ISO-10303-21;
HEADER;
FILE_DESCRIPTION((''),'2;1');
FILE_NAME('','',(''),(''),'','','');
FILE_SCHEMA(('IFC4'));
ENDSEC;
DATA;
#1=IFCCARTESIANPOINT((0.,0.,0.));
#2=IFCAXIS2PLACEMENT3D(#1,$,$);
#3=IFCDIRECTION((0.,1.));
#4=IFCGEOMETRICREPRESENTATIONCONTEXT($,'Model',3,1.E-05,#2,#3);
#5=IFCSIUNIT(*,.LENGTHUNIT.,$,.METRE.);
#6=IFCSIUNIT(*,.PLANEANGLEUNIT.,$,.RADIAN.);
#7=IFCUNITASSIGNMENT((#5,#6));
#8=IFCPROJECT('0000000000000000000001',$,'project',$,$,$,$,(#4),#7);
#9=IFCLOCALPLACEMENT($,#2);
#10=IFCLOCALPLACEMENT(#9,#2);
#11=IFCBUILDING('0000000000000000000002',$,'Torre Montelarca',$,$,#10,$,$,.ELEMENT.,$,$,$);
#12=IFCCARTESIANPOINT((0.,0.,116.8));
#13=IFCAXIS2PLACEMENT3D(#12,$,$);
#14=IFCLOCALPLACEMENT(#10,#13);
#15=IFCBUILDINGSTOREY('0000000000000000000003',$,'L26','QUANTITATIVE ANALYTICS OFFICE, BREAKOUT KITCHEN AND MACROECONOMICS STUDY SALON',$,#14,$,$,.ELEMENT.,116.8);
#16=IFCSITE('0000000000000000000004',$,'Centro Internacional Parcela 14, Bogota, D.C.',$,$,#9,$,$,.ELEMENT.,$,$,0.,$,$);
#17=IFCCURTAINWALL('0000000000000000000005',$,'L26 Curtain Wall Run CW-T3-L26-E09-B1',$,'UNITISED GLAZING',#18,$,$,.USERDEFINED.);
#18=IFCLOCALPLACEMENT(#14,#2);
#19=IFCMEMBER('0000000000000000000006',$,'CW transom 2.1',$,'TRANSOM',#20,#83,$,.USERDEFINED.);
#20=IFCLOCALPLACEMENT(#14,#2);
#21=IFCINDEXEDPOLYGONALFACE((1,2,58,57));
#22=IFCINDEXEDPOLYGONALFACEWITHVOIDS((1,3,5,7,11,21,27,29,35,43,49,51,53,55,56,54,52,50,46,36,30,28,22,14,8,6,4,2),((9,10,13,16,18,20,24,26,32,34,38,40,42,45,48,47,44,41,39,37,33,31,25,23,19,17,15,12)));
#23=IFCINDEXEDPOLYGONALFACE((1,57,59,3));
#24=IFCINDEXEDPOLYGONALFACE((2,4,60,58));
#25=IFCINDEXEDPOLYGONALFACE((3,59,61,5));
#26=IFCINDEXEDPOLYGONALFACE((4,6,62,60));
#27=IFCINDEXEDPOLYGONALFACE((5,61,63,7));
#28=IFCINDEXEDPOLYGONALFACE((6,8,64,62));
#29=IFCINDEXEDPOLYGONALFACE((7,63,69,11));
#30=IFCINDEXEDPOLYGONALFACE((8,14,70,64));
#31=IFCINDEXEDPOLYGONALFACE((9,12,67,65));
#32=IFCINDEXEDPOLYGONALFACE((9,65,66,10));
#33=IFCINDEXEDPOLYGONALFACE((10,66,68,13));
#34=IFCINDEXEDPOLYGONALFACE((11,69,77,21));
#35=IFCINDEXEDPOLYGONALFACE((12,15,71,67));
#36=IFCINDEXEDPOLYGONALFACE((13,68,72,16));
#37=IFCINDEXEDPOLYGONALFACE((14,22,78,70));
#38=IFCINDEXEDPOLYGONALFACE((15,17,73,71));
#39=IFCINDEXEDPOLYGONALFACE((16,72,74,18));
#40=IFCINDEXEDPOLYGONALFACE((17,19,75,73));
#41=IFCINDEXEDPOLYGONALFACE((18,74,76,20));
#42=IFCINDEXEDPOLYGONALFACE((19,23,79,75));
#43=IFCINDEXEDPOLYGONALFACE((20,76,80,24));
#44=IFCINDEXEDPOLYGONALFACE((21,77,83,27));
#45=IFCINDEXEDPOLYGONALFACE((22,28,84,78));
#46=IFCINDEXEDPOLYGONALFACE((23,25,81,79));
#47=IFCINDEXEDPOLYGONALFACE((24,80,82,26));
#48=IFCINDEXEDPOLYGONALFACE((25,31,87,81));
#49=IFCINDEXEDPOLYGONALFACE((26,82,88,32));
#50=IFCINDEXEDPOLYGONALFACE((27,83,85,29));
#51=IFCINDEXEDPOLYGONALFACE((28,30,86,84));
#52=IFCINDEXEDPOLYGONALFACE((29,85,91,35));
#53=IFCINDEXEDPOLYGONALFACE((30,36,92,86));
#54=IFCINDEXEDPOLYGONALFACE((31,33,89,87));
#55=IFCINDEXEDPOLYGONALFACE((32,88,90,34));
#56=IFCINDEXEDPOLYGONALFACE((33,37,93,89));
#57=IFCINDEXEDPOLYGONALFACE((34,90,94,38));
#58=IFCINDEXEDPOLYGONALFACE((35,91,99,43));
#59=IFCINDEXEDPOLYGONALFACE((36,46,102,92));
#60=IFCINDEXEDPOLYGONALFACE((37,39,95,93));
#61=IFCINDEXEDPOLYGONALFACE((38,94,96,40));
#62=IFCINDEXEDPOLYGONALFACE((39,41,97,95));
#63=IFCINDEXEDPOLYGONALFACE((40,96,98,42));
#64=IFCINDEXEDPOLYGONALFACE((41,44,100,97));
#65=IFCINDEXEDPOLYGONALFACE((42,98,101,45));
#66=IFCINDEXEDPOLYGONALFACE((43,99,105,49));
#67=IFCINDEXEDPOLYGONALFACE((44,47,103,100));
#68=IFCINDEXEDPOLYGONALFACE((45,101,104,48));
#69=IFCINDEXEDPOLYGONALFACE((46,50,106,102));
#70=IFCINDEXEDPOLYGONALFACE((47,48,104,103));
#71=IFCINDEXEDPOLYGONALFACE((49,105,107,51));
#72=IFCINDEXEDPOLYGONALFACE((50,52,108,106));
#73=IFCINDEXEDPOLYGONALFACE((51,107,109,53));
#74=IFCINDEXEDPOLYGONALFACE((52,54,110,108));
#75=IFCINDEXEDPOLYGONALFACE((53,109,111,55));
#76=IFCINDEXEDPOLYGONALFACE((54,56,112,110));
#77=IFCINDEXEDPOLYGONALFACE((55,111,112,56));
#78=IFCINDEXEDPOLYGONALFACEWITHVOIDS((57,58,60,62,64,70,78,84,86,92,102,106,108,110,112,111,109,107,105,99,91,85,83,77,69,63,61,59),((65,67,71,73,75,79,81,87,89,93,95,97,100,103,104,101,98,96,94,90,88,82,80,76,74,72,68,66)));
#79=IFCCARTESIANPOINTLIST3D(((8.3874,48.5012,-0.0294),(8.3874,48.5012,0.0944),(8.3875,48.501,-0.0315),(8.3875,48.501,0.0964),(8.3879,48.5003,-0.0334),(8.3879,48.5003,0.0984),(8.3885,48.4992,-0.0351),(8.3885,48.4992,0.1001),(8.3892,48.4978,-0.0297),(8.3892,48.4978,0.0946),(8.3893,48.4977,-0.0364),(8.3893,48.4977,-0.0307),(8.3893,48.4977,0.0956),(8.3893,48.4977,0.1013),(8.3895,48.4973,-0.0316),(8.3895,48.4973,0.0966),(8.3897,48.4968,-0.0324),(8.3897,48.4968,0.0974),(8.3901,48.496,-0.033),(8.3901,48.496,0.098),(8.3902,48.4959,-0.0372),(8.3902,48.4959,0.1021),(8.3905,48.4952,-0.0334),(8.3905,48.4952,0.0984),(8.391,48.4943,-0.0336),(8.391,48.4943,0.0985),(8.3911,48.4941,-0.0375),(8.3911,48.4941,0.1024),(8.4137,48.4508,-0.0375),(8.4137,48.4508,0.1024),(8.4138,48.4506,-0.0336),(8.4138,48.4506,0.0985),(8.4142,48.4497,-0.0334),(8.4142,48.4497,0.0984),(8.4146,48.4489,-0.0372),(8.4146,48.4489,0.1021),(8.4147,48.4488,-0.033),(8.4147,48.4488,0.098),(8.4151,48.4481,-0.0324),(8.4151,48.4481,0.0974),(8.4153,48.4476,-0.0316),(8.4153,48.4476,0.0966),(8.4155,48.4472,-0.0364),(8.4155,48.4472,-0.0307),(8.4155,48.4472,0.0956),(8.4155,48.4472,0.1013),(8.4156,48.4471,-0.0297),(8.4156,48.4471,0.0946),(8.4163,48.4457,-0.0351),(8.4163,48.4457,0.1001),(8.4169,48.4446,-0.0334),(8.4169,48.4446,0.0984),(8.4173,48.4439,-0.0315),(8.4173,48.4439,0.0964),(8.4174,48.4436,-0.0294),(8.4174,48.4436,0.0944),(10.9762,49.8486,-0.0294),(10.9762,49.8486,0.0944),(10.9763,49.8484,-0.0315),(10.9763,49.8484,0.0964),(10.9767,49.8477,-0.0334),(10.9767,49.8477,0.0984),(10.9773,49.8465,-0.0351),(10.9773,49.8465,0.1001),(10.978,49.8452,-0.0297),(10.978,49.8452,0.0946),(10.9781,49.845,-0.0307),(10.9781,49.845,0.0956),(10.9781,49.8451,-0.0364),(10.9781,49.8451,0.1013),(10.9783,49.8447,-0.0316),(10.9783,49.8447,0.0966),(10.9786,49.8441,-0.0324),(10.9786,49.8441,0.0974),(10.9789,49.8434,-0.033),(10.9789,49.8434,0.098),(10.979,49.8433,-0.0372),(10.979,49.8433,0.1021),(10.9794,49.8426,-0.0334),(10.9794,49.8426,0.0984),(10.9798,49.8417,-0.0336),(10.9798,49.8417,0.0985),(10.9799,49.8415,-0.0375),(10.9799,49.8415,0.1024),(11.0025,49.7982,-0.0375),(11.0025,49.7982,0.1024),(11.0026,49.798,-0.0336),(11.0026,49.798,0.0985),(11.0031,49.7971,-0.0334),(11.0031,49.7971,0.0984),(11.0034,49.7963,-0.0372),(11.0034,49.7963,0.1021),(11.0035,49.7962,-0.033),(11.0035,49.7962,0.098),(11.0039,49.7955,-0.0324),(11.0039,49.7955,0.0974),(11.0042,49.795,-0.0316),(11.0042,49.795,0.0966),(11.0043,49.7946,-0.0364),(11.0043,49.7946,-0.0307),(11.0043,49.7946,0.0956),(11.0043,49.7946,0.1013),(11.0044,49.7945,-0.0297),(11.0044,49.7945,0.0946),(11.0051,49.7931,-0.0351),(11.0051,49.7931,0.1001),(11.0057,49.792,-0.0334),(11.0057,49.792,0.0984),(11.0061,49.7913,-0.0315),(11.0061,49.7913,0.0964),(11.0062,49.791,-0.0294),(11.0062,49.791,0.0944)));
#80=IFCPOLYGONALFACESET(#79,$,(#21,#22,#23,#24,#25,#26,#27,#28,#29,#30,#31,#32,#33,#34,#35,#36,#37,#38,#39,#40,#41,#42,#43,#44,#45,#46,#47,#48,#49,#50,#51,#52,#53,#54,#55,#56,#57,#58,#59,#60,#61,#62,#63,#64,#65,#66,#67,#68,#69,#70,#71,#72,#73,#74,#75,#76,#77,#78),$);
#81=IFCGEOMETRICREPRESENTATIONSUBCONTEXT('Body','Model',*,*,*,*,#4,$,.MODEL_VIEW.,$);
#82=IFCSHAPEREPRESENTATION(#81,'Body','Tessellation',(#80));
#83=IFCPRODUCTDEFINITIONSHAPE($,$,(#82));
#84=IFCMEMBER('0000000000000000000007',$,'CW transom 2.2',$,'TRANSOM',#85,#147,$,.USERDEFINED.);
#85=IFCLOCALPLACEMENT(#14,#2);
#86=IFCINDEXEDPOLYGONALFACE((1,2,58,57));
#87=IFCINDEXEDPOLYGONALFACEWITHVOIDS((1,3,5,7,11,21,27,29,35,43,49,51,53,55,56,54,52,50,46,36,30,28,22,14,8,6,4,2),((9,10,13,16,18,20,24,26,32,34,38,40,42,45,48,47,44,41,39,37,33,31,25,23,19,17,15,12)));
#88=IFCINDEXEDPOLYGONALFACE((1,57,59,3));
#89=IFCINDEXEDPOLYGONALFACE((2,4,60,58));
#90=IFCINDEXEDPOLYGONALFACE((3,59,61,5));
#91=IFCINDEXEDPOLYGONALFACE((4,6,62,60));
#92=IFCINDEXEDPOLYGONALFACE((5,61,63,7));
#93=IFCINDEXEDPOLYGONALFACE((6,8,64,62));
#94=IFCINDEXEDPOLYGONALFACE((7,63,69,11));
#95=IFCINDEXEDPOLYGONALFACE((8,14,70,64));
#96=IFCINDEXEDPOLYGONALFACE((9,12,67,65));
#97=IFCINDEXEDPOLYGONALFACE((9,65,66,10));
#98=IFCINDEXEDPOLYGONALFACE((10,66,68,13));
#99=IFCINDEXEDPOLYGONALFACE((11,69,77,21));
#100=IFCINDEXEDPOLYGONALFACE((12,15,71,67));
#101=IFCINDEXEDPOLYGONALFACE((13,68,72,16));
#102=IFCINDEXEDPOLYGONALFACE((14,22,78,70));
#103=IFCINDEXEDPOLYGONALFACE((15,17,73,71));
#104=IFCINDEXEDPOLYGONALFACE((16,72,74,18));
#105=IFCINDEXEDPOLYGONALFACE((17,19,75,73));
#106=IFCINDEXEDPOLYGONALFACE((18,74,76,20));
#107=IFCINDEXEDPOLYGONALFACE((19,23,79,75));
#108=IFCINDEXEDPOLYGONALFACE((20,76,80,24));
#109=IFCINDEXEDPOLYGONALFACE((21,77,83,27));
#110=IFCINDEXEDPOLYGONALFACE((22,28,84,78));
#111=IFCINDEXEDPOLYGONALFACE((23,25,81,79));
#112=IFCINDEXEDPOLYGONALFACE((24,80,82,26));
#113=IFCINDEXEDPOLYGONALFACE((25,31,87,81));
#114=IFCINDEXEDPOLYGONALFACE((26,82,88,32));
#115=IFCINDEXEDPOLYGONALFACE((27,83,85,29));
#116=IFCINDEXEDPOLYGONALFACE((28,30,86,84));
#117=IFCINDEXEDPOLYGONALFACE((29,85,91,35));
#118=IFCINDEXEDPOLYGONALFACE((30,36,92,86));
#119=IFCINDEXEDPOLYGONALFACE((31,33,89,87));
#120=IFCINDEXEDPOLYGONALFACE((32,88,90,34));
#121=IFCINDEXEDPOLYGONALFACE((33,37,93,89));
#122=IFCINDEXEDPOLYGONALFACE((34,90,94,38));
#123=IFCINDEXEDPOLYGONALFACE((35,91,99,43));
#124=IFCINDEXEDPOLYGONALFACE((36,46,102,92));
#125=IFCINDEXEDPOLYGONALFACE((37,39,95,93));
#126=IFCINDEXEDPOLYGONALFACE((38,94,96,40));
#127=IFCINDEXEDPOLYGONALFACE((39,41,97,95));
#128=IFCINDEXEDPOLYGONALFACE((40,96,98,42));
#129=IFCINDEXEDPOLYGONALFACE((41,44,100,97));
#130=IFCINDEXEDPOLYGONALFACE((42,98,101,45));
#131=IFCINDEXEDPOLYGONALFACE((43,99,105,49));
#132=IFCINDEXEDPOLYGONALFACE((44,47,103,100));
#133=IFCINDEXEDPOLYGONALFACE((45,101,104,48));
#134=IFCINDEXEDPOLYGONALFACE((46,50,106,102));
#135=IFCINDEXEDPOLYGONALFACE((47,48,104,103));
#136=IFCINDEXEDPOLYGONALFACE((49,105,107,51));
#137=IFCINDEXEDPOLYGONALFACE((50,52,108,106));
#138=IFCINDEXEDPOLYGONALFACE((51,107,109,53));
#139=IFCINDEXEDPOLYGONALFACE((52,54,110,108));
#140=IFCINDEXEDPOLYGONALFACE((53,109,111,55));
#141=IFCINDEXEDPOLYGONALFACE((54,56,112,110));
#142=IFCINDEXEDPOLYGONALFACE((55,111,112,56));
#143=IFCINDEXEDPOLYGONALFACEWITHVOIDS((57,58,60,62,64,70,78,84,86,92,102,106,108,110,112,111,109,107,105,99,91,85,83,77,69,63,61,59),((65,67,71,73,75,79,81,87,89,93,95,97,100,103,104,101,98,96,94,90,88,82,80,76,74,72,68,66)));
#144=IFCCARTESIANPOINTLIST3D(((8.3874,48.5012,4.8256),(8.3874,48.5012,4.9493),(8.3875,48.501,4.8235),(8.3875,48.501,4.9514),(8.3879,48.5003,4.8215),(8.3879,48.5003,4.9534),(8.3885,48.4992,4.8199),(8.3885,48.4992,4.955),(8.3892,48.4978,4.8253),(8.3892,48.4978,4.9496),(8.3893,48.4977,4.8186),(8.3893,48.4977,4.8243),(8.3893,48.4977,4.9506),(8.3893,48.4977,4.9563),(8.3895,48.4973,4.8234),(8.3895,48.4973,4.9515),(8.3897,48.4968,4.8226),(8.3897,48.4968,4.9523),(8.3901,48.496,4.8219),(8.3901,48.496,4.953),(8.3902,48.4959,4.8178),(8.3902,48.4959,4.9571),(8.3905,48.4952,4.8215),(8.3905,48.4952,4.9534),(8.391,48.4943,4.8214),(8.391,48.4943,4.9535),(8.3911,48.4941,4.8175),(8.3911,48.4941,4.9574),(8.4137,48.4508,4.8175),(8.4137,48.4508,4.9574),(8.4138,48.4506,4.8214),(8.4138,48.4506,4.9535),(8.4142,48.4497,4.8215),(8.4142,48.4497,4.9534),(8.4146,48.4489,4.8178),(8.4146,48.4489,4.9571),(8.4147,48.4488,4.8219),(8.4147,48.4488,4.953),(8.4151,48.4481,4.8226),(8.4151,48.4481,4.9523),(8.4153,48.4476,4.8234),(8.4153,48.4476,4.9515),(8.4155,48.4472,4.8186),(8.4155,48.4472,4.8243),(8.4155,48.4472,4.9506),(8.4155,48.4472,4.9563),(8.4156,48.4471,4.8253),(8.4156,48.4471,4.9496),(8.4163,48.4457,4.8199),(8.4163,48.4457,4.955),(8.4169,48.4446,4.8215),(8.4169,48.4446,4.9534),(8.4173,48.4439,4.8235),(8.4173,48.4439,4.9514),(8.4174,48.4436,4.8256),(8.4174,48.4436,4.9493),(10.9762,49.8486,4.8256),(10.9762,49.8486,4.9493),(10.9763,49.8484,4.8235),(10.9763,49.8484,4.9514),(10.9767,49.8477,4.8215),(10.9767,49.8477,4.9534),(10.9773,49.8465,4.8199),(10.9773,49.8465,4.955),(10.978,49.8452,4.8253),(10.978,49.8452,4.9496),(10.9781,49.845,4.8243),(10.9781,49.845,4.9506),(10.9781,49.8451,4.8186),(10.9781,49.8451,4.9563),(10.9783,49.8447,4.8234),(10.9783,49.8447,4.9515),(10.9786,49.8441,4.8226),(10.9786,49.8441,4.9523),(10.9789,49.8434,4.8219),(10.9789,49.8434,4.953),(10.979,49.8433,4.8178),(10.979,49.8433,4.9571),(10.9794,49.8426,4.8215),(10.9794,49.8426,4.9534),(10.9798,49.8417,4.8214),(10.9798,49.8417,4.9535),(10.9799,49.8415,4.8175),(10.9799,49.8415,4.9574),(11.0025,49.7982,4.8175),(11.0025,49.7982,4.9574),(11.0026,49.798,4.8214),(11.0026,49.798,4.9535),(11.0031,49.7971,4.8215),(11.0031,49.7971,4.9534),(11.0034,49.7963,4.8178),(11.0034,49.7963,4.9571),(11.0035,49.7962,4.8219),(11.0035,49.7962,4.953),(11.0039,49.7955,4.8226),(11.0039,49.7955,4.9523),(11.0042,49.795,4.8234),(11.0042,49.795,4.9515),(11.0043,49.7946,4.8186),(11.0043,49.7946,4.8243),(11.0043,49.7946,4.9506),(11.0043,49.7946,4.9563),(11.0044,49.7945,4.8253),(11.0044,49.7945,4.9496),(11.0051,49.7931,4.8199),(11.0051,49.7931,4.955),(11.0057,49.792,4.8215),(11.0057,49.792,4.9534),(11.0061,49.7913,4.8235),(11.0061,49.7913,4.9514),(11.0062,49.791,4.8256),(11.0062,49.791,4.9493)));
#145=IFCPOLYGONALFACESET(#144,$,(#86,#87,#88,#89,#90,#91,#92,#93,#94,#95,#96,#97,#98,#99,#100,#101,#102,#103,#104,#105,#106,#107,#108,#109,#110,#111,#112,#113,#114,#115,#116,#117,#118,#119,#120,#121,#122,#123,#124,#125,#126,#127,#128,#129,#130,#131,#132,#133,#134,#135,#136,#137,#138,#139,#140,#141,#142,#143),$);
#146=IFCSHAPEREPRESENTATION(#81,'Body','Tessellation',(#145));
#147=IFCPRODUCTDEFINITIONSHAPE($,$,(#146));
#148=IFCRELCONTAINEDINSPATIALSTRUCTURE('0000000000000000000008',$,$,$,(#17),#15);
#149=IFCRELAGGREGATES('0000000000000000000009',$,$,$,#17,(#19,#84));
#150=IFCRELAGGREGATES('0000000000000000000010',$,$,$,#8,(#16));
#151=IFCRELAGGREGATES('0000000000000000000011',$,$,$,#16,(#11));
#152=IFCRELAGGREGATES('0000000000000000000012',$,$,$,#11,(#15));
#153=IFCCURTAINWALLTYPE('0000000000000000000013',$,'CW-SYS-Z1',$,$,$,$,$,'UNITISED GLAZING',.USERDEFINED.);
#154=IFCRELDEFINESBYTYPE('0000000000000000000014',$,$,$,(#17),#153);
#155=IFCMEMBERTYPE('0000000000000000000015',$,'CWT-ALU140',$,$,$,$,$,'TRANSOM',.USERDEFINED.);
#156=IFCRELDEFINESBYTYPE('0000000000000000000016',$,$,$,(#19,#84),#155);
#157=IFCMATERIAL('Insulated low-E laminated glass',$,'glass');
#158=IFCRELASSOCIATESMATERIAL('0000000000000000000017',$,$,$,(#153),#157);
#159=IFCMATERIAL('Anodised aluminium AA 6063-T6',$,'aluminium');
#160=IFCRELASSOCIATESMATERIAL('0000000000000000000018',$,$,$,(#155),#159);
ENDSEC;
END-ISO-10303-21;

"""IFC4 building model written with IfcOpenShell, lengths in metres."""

from ifc_helpers import new_model, si_unit, direction, frame, origin, origin_2d, place, context, subcontext, project, spatial, hollow_rectangle, extrude, source, transform, mapped, material, material_profile, profile_set, type_object, element, aggregate, save


model = new_model("IFC4")

# Units and contexts
model_context = context("Model", 3, precision=1e-05, world=origin(), true_north=direction((0.0, 1.0)))
body_context = subcontext(model_context, "Body", "Model", "MODEL_VIEW")
ifc_project = project(units=[si_unit("LENGTHUNIT", "METRE"), si_unit("PLANEANGLEUNIT", "RADIAN")], contexts=[model_context])

# Site, building, storey
site_placement = place(None, origin())
site = spatial("IfcSite", under=ifc_project, at=site_placement, Name="Centro Internacional Parcela 14, Bogota, D.C.", CompositionType="ELEMENT", RefElevation=0.0)
building_placement = place(site_placement, origin())
building = spatial("IfcBuilding", under=site, at=building_placement, Name="Torre Montelarca", CompositionType="ELEMENT")
storey_placement = place(building_placement, frame((0.0, 0.0, 116.8)))
storey = spatial("IfcBuildingStorey", under=building, at=storey_placement, Name="L26", Description="QUANTITATIVE ANALYTICS OFFICE, BREAKOUT KITCHEN AND MACROECONOMICS STUDY SALON", CompositionType="ELEMENT", Elevation=116.8)

# Curtain wall, members
ifc_material_1 = material(Name="Insulated low-E laminated glass", Category="glass")
curtain_wall_type = type_object("IfcCurtainWallType", Name="CW-SYS-Z1", ElementType="UNITISED GLAZING", PredefinedType="USERDEFINED", material=ifc_material_1)
ifc_material_2 = material(Name="Anodised aluminium AA 6063-T6", Category="aluminium")
ifc_material_profile_1 = material_profile(ifc_material_2, hollow_rectangle(XDim=0.0649, YDim=0.1399, WallThickness=0.0039, InnerFilletRadius=0.0039, OuterFilletRadius=0.0081, at=origin_2d()), Name="ALU65X140X4", Category="aluminium")
ifc_profile_set_1 = profile_set([ifc_material_profile_1], Name="Anodised aluminium AA 6063-T6")
member_type_1 = type_object("IfcMemberType", Name="CWT-ALU140", ElementType="TRANSOM", PredefinedType="USERDEFINED", material=ifc_profile_set_1)
curtain_wall_1_placement = place(storey_placement, origin())
curtain_wall_1 = element("IfcCurtainWall", 1, at=curtain_wall_1_placement, inside=storey, type_object=curtain_wall_type, Name="L26 Curtain Wall Run CW-T3-L26-E09-B1", ObjectType="UNITISED GLAZING", PredefinedType="USERDEFINED")
shared_shape_1 = source(origin(), body_context, "Body", "SweptSolid", [
    extrude(hollow_rectangle(XDim=0.0649, YDim=0.1399, WallThickness=0.0039, InnerFilletRadius=0.0039, OuterFilletRadius=0.0081, at=origin_2d()), origin(), (0.0, 0.0, 1.0), 2.9185),
])
member_1_placement = place(storey_placement, frame((10.9912, 49.8198, 0.0325), z_axis=(-0.887048, -0.461677, 0.0), x_axis=(0.461677, -0.887048, 0.0)))
member_1 = element("IfcMember", 2, at=member_1_placement, type_object=member_type_1, Name="CW transom 2.1", ObjectType="TRANSOM", PredefinedType="USERDEFINED", context=body_context, shape_type="MappedRepresentation", body=[
    mapped(shared_shape_1, transform((0.0, 0.0, 0.0), scale=1.0)),
])
member_2_placement = place(storey_placement, frame((10.9912, 49.8198, 4.8875), z_axis=(-0.887048, -0.461677, 0.0), x_axis=(0.461677, -0.887048, 0.0)))
member_2 = element("IfcMember", 3, at=member_2_placement, type_object=member_type_1, Name="CW transom 2.2", ObjectType="TRANSOM", PredefinedType="USERDEFINED", context=body_context, shape_type="MappedRepresentation", body=[
    mapped(shared_shape_1, transform((0.0, 0.0, 0.0), scale=1.0)),
])

aggregate(curtain_wall_1, [member_1, member_2])

save(model, "model.ifc")
